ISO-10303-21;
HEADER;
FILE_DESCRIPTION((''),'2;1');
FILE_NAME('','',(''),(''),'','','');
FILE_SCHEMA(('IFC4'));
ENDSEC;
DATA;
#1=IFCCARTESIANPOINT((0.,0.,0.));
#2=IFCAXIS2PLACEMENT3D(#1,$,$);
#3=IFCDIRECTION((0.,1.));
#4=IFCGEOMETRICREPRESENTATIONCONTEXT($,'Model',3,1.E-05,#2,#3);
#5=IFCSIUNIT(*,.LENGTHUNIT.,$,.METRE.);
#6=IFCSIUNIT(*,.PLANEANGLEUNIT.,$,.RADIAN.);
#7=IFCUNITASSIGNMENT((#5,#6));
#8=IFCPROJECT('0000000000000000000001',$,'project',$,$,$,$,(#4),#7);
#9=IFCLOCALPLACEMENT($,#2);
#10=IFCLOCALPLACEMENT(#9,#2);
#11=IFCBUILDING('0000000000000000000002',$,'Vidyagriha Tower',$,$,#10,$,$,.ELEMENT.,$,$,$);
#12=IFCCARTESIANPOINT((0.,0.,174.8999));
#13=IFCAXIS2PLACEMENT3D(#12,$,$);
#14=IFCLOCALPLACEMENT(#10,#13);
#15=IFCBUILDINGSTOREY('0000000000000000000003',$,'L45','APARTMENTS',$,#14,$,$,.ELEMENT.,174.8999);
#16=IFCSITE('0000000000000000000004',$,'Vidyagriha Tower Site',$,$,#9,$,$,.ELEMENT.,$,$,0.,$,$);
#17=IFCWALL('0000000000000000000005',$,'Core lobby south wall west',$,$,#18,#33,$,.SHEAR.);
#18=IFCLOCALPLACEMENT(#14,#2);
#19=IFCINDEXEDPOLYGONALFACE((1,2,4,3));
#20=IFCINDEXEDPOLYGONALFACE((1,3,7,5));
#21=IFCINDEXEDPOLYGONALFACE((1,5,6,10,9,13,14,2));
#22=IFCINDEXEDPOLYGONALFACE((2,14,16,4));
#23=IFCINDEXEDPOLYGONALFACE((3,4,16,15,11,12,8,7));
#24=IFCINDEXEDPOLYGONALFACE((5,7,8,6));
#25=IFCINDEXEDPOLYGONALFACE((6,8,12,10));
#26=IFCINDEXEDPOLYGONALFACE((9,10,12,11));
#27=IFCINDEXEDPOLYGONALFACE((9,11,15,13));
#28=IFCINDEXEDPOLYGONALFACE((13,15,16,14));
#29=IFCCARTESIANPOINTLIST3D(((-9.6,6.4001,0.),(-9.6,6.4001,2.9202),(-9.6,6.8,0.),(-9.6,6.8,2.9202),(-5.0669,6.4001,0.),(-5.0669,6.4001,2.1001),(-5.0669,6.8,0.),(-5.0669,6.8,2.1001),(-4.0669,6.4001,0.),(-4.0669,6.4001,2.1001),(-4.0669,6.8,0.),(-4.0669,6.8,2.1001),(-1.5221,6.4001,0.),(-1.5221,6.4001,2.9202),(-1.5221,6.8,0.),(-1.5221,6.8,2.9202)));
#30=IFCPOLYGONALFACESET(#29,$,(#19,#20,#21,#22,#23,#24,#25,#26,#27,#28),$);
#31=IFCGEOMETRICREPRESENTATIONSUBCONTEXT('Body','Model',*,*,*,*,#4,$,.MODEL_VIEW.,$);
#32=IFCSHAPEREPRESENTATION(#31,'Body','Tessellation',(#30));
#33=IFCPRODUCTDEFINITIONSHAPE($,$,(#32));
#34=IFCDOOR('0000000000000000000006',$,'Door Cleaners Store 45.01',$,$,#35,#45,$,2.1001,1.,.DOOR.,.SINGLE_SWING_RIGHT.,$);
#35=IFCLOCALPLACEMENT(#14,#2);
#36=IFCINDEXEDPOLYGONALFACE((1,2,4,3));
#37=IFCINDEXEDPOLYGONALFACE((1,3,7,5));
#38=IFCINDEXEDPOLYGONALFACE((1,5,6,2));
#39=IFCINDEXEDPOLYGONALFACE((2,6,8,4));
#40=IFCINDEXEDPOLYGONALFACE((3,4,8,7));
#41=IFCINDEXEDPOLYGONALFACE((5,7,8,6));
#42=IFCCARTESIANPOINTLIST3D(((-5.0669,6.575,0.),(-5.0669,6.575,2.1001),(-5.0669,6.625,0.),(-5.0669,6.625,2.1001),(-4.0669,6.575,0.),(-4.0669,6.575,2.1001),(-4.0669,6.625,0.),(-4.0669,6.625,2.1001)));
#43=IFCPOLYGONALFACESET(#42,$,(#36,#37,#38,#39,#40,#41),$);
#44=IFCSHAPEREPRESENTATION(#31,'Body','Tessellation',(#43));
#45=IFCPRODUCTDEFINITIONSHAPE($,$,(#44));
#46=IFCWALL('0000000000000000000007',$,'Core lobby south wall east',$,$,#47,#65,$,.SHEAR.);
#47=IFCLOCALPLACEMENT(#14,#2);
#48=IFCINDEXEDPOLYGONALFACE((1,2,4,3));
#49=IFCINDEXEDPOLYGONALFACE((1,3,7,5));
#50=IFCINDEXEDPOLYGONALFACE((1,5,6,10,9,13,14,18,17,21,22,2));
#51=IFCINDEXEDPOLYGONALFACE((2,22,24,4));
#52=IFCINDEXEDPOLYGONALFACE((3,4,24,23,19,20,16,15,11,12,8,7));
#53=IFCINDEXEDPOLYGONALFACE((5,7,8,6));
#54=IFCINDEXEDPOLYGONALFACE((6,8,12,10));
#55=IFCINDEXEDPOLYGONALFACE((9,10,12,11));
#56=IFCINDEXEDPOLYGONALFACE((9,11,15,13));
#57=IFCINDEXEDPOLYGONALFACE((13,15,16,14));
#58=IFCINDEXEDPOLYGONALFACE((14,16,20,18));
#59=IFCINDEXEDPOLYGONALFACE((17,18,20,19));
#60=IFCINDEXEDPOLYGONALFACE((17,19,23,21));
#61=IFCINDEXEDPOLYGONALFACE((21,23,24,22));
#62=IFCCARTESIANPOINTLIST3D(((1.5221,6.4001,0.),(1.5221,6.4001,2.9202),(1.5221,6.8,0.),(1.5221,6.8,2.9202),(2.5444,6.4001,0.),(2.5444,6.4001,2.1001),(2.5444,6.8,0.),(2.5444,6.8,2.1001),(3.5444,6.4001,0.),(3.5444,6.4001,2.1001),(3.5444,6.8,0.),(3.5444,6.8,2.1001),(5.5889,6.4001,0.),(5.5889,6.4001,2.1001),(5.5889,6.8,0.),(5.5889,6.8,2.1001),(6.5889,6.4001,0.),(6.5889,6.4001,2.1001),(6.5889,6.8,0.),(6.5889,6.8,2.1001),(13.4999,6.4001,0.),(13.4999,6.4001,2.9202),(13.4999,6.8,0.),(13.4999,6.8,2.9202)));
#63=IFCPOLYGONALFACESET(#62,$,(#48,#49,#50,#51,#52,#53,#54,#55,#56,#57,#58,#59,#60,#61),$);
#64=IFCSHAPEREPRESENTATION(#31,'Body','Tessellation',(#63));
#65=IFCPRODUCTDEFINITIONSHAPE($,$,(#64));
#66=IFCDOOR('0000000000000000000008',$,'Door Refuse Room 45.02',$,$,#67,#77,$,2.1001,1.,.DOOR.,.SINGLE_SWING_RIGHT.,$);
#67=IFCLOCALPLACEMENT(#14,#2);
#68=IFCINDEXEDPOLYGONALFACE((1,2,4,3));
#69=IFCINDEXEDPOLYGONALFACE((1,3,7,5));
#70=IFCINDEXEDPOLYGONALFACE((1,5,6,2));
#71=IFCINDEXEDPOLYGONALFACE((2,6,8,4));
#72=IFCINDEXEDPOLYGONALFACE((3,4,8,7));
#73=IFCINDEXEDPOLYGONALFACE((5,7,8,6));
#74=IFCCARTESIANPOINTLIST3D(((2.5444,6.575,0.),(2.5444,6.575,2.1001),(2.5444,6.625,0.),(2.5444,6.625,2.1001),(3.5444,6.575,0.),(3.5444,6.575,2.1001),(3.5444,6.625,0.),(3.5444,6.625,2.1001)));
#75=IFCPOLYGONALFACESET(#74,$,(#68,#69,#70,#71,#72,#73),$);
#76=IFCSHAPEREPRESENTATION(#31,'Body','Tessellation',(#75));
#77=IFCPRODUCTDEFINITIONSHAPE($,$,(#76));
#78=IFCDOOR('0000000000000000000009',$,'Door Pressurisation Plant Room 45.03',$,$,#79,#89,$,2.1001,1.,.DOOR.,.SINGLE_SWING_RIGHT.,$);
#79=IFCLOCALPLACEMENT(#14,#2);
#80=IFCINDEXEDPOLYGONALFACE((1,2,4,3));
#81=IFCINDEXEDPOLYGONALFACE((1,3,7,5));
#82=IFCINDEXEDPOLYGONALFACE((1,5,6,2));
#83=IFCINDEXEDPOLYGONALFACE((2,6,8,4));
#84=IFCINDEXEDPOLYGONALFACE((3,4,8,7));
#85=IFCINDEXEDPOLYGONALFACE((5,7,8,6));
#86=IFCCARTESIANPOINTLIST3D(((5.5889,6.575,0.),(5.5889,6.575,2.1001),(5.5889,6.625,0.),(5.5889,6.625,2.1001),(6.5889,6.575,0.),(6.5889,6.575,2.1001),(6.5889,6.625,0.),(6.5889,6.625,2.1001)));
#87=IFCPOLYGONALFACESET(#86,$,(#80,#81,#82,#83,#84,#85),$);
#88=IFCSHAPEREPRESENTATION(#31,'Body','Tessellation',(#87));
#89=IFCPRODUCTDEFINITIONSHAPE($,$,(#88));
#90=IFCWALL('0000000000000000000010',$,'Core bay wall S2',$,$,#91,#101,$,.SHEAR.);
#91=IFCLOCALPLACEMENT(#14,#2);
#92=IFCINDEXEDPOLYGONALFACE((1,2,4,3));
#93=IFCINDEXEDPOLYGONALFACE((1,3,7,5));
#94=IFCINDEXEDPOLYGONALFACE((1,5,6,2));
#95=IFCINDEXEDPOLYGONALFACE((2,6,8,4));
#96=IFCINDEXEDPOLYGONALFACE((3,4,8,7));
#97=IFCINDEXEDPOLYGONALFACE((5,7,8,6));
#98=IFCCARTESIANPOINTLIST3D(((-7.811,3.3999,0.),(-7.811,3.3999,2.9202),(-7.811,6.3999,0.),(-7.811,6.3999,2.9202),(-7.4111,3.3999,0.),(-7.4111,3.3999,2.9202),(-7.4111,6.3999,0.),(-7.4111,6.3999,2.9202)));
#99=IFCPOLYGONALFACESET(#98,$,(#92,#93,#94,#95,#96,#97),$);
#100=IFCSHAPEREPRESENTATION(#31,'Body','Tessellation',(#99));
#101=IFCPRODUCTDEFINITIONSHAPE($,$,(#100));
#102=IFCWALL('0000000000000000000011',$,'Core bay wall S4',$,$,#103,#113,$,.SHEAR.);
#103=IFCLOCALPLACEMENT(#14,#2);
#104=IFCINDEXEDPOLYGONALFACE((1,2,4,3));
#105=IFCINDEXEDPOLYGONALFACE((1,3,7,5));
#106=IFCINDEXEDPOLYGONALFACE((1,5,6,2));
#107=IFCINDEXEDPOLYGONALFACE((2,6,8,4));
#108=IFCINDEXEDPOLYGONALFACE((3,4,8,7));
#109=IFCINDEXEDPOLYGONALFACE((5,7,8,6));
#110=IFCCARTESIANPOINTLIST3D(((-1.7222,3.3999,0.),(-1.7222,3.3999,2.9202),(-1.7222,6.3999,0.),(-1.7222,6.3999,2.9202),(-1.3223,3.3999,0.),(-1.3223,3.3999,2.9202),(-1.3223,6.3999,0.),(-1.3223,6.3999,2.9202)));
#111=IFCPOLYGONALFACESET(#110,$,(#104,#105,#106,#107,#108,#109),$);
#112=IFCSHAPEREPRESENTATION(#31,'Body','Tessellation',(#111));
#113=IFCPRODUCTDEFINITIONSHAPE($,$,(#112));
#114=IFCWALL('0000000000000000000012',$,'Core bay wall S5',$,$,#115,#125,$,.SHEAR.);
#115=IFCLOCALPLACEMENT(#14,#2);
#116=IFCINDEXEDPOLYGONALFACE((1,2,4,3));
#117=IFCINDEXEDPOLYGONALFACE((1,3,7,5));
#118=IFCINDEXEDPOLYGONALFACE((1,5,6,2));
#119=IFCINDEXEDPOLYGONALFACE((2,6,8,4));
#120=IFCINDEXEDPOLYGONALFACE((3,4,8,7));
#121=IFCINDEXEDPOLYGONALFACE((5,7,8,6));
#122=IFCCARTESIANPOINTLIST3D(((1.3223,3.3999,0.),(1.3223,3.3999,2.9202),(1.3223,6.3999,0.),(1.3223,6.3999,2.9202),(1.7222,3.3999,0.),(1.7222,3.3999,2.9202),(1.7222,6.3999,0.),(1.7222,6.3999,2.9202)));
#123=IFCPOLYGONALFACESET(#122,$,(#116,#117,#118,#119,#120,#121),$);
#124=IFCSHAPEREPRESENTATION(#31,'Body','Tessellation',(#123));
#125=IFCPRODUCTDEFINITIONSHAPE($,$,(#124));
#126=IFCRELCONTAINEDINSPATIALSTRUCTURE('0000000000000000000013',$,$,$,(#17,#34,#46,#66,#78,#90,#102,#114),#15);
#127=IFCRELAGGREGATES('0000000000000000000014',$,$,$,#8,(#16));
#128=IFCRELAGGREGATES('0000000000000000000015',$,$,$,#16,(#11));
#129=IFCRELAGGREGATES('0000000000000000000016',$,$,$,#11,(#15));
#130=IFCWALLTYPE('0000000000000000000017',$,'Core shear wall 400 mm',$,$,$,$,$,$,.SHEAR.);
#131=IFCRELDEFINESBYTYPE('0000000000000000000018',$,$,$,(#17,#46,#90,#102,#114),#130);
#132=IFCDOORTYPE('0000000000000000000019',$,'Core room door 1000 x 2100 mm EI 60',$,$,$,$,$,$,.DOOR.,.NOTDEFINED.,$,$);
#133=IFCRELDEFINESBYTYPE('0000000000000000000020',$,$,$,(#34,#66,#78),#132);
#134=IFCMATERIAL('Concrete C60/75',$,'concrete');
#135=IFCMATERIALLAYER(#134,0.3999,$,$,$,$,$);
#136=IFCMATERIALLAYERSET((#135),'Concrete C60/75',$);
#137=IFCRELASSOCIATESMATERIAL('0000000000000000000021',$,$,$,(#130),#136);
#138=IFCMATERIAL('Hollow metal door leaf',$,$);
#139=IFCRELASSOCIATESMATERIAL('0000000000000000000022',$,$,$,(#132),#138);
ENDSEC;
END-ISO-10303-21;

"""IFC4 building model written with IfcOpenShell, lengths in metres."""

from ifc_helpers import new_model, si_unit, direction, frame, frame_2d, origin, place, context, subcontext, project, spatial, rectangle, extrude, material, layer, layer_set, type_object, element, fill, save


model = new_model("IFC4")

# Units and contexts
model_context = context("Model", 3, precision=1e-05, world=origin(), true_north=direction((0.0, 1.0)))
body_context = subcontext(model_context, "Body", "Model", "MODEL_VIEW")
ifc_project = project(units=[si_unit("LENGTHUNIT", "METRE"), si_unit("PLANEANGLEUNIT", "RADIAN")], contexts=[model_context])

# Site, building, storey
site_placement = place(None, origin())
site = spatial("IfcSite", under=ifc_project, at=site_placement, Name="Vidyagriha Tower Site", CompositionType="ELEMENT", RefElevation=0.0)
building_placement = place(site_placement, origin())
building = spatial("IfcBuilding", under=site, at=building_placement, Name="Vidyagriha Tower", CompositionType="ELEMENT")
storey_placement = place(building_placement, frame((0.0, 0.0, 174.8999)))
storey = spatial("IfcBuildingStorey", under=building, at=storey_placement, Name="L45", Description="APARTMENTS", CompositionType="ELEMENT", Elevation=174.8999)

# Shared definitions
ifc_material_1 = material(Name="Concrete C60/75", Category="concrete")
ifc_layer_1 = layer(ifc_material_1, 0.3999)
ifc_layer_set_1 = layer_set([ifc_layer_1], Name="Concrete C60/75")
wall_type = type_object("IfcWallType", Name="Core shear wall 400 mm", PredefinedType="SHEAR", material=ifc_layer_set_1)
ifc_material_2 = material(Name="Hollow metal door leaf")
door_type_1 = type_object("IfcDoorType", Name="Core room door 1000 x 2100 mm EI 60", OperationType="NOTDEFINED", PredefinedType="DOOR", material=ifc_material_2)

# Wall, opening, door
wall_1_placement = place(storey_placement, frame((-9.6001, 6.6001, 0.0)))
wall_1 = element("IfcWall", 1, at=wall_1_placement, inside=storey, type_object=wall_type, Name="Core lobby south wall west", PredefinedType="SHEAR", context=body_context, shape_type="SweptSolid", body=[
    extrude(rectangle(XDim=8.0779, YDim=0.3999, at=frame_2d((4.0391, 0.0))), origin(), (0.0, 0.0, 1.0), 2.9202),
])
opening_1_placement = place(wall_1_placement, frame((4.5332, 0.0, 0.0)))
opening_1 = element("IfcOpeningElement", 2, at=opening_1_placement, cuts=wall_1, PredefinedType="OPENING", context=body_context, shape_type="SweptSolid", body=[
    extrude(rectangle(XDim=1.0, YDim=2.1001, at=frame_2d((0.5, 1.05))), frame((0.0, 0.21, 0.0), z_axis=(0.0, -1.0, 0.0), x_axis=(1.0, 0.0, 0.0)), (0.0, 0.0, 1.0), 0.4199),
])
door_1_placement = place(opening_1_placement, origin())
door_1 = element("IfcDoor", 3, at=door_1_placement, inside=storey, type_object=door_type_1, Name="Door Cleaners Store 45.01", OperationType="SINGLE_SWING_RIGHT", OverallHeight=2.1001, OverallWidth=1.0, PredefinedType="DOOR", context=body_context, shape_type="SweptSolid", body=[
    extrude(rectangle(XDim=1.0, YDim=2.1001, at=frame_2d((0.5, 1.05))), frame((0.0, 0.0249, 0.0), z_axis=(0.0, -1.0, 0.0), x_axis=(1.0, 0.0, 0.0)), (0.0, 0.0, 1.0), 0.05),
])
fill(opening_1, door_1)

# Wall, openings, doors
wall_2_placement = place(storey_placement, frame((1.5222, 6.6001, 0.0)))
wall_2 = element("IfcWall", 4, at=wall_2_placement, inside=storey, type_object=wall_type, Name="Core lobby south wall east", PredefinedType="SHEAR", context=body_context, shape_type="SweptSolid", body=[
    extrude(rectangle(XDim=11.9778, YDim=0.3999, at=frame_2d((5.9888, 0.0))), origin(), (0.0, 0.0, 1.0), 2.9202),
])
opening_2_placement = place(wall_2_placement, frame((1.0222, 0.0, 0.0)))
opening_2 = element("IfcOpeningElement", 5, at=opening_2_placement, cuts=wall_2, PredefinedType="OPENING", context=body_context, shape_type="SweptSolid", body=[
    extrude(rectangle(XDim=1.0, YDim=2.1001, at=frame_2d((0.5, 1.05))), frame((0.0, 0.21, 0.0), z_axis=(0.0, -1.0, 0.0), x_axis=(1.0, 0.0, 0.0)), (0.0, 0.0, 1.0), 0.4199),
])
opening_3_placement = place(wall_2_placement, frame((4.0667, 0.0, 0.0)))
opening_3 = element("IfcOpeningElement", 6, at=opening_3_placement, cuts=wall_2, PredefinedType="OPENING", context=body_context, shape_type="SweptSolid", body=[
    extrude(rectangle(XDim=1.0, YDim=2.1001, at=frame_2d((0.5, 1.05))), frame((0.0, 0.21, 0.0), z_axis=(0.0, -1.0, 0.0), x_axis=(1.0, 0.0, 0.0)), (0.0, 0.0, 1.0), 0.4199),
])
door_2_placement = place(opening_2_placement, origin())
door_2 = element("IfcDoor", 7, at=door_2_placement, inside=storey, type_object=door_type_1, Name="Door Refuse Room 45.02", OperationType="SINGLE_SWING_RIGHT", OverallHeight=2.1001, OverallWidth=1.0, PredefinedType="DOOR", context=body_context, shape_type="SweptSolid", body=[
    extrude(rectangle(XDim=1.0, YDim=2.1001, at=frame_2d((0.5, 1.05))), frame((0.0, 0.0249, 0.0), z_axis=(0.0, -1.0, 0.0), x_axis=(1.0, 0.0, 0.0)), (0.0, 0.0, 1.0), 0.05),
])
fill(opening_2, door_2)
door_3_placement = place(opening_3_placement, origin())
door_3 = element("IfcDoor", 8, at=door_3_placement, inside=storey, type_object=door_type_1, Name="Door Pressurisation Plant Room 45.03", OperationType="SINGLE_SWING_RIGHT", OverallHeight=2.1001, OverallWidth=1.0, PredefinedType="DOOR", context=body_context, shape_type="SweptSolid", body=[
    extrude(rectangle(XDim=1.0, YDim=2.1001, at=frame_2d((0.5, 1.05))), frame((0.0, 0.0249, 0.0), z_axis=(0.0, -1.0, 0.0), x_axis=(1.0, 0.0, 0.0)), (0.0, 0.0, 1.0), 0.05),
])
fill(opening_3, door_3)

# Walls
for number, where, z_axis, x_axis, name in (
    (9, (-7.6111, 3.3999, 0.0), (0.0, 0.0, 1.0), (0.0, 1.0, 0.0), "Core bay wall S2"),
    (10, (-1.5222, 3.3999, 0.0), (0.0, 0.0, 1.0), (0.0, 1.0, 0.0), "Core bay wall S4"),
    (11, (1.5222, 3.3999, 0.0), (0.0, 0.0, 1.0), (0.0, 1.0, 0.0), "Core bay wall S5"),
):
    element("IfcWall", number, at=place(storey_placement, frame(where, z_axis=z_axis, x_axis=x_axis)), inside=storey, type_object=wall_type, Name=name, PredefinedType="SHEAR", context=body_context, shape_type="SweptSolid", body=[
        extrude(rectangle(XDim=3.0, YDim=0.3999, at=frame_2d((1.5, 0.0))), origin(), (0.0, 0.0, 1.0), 2.9202),
    ])

save(model, "model.ifc")
